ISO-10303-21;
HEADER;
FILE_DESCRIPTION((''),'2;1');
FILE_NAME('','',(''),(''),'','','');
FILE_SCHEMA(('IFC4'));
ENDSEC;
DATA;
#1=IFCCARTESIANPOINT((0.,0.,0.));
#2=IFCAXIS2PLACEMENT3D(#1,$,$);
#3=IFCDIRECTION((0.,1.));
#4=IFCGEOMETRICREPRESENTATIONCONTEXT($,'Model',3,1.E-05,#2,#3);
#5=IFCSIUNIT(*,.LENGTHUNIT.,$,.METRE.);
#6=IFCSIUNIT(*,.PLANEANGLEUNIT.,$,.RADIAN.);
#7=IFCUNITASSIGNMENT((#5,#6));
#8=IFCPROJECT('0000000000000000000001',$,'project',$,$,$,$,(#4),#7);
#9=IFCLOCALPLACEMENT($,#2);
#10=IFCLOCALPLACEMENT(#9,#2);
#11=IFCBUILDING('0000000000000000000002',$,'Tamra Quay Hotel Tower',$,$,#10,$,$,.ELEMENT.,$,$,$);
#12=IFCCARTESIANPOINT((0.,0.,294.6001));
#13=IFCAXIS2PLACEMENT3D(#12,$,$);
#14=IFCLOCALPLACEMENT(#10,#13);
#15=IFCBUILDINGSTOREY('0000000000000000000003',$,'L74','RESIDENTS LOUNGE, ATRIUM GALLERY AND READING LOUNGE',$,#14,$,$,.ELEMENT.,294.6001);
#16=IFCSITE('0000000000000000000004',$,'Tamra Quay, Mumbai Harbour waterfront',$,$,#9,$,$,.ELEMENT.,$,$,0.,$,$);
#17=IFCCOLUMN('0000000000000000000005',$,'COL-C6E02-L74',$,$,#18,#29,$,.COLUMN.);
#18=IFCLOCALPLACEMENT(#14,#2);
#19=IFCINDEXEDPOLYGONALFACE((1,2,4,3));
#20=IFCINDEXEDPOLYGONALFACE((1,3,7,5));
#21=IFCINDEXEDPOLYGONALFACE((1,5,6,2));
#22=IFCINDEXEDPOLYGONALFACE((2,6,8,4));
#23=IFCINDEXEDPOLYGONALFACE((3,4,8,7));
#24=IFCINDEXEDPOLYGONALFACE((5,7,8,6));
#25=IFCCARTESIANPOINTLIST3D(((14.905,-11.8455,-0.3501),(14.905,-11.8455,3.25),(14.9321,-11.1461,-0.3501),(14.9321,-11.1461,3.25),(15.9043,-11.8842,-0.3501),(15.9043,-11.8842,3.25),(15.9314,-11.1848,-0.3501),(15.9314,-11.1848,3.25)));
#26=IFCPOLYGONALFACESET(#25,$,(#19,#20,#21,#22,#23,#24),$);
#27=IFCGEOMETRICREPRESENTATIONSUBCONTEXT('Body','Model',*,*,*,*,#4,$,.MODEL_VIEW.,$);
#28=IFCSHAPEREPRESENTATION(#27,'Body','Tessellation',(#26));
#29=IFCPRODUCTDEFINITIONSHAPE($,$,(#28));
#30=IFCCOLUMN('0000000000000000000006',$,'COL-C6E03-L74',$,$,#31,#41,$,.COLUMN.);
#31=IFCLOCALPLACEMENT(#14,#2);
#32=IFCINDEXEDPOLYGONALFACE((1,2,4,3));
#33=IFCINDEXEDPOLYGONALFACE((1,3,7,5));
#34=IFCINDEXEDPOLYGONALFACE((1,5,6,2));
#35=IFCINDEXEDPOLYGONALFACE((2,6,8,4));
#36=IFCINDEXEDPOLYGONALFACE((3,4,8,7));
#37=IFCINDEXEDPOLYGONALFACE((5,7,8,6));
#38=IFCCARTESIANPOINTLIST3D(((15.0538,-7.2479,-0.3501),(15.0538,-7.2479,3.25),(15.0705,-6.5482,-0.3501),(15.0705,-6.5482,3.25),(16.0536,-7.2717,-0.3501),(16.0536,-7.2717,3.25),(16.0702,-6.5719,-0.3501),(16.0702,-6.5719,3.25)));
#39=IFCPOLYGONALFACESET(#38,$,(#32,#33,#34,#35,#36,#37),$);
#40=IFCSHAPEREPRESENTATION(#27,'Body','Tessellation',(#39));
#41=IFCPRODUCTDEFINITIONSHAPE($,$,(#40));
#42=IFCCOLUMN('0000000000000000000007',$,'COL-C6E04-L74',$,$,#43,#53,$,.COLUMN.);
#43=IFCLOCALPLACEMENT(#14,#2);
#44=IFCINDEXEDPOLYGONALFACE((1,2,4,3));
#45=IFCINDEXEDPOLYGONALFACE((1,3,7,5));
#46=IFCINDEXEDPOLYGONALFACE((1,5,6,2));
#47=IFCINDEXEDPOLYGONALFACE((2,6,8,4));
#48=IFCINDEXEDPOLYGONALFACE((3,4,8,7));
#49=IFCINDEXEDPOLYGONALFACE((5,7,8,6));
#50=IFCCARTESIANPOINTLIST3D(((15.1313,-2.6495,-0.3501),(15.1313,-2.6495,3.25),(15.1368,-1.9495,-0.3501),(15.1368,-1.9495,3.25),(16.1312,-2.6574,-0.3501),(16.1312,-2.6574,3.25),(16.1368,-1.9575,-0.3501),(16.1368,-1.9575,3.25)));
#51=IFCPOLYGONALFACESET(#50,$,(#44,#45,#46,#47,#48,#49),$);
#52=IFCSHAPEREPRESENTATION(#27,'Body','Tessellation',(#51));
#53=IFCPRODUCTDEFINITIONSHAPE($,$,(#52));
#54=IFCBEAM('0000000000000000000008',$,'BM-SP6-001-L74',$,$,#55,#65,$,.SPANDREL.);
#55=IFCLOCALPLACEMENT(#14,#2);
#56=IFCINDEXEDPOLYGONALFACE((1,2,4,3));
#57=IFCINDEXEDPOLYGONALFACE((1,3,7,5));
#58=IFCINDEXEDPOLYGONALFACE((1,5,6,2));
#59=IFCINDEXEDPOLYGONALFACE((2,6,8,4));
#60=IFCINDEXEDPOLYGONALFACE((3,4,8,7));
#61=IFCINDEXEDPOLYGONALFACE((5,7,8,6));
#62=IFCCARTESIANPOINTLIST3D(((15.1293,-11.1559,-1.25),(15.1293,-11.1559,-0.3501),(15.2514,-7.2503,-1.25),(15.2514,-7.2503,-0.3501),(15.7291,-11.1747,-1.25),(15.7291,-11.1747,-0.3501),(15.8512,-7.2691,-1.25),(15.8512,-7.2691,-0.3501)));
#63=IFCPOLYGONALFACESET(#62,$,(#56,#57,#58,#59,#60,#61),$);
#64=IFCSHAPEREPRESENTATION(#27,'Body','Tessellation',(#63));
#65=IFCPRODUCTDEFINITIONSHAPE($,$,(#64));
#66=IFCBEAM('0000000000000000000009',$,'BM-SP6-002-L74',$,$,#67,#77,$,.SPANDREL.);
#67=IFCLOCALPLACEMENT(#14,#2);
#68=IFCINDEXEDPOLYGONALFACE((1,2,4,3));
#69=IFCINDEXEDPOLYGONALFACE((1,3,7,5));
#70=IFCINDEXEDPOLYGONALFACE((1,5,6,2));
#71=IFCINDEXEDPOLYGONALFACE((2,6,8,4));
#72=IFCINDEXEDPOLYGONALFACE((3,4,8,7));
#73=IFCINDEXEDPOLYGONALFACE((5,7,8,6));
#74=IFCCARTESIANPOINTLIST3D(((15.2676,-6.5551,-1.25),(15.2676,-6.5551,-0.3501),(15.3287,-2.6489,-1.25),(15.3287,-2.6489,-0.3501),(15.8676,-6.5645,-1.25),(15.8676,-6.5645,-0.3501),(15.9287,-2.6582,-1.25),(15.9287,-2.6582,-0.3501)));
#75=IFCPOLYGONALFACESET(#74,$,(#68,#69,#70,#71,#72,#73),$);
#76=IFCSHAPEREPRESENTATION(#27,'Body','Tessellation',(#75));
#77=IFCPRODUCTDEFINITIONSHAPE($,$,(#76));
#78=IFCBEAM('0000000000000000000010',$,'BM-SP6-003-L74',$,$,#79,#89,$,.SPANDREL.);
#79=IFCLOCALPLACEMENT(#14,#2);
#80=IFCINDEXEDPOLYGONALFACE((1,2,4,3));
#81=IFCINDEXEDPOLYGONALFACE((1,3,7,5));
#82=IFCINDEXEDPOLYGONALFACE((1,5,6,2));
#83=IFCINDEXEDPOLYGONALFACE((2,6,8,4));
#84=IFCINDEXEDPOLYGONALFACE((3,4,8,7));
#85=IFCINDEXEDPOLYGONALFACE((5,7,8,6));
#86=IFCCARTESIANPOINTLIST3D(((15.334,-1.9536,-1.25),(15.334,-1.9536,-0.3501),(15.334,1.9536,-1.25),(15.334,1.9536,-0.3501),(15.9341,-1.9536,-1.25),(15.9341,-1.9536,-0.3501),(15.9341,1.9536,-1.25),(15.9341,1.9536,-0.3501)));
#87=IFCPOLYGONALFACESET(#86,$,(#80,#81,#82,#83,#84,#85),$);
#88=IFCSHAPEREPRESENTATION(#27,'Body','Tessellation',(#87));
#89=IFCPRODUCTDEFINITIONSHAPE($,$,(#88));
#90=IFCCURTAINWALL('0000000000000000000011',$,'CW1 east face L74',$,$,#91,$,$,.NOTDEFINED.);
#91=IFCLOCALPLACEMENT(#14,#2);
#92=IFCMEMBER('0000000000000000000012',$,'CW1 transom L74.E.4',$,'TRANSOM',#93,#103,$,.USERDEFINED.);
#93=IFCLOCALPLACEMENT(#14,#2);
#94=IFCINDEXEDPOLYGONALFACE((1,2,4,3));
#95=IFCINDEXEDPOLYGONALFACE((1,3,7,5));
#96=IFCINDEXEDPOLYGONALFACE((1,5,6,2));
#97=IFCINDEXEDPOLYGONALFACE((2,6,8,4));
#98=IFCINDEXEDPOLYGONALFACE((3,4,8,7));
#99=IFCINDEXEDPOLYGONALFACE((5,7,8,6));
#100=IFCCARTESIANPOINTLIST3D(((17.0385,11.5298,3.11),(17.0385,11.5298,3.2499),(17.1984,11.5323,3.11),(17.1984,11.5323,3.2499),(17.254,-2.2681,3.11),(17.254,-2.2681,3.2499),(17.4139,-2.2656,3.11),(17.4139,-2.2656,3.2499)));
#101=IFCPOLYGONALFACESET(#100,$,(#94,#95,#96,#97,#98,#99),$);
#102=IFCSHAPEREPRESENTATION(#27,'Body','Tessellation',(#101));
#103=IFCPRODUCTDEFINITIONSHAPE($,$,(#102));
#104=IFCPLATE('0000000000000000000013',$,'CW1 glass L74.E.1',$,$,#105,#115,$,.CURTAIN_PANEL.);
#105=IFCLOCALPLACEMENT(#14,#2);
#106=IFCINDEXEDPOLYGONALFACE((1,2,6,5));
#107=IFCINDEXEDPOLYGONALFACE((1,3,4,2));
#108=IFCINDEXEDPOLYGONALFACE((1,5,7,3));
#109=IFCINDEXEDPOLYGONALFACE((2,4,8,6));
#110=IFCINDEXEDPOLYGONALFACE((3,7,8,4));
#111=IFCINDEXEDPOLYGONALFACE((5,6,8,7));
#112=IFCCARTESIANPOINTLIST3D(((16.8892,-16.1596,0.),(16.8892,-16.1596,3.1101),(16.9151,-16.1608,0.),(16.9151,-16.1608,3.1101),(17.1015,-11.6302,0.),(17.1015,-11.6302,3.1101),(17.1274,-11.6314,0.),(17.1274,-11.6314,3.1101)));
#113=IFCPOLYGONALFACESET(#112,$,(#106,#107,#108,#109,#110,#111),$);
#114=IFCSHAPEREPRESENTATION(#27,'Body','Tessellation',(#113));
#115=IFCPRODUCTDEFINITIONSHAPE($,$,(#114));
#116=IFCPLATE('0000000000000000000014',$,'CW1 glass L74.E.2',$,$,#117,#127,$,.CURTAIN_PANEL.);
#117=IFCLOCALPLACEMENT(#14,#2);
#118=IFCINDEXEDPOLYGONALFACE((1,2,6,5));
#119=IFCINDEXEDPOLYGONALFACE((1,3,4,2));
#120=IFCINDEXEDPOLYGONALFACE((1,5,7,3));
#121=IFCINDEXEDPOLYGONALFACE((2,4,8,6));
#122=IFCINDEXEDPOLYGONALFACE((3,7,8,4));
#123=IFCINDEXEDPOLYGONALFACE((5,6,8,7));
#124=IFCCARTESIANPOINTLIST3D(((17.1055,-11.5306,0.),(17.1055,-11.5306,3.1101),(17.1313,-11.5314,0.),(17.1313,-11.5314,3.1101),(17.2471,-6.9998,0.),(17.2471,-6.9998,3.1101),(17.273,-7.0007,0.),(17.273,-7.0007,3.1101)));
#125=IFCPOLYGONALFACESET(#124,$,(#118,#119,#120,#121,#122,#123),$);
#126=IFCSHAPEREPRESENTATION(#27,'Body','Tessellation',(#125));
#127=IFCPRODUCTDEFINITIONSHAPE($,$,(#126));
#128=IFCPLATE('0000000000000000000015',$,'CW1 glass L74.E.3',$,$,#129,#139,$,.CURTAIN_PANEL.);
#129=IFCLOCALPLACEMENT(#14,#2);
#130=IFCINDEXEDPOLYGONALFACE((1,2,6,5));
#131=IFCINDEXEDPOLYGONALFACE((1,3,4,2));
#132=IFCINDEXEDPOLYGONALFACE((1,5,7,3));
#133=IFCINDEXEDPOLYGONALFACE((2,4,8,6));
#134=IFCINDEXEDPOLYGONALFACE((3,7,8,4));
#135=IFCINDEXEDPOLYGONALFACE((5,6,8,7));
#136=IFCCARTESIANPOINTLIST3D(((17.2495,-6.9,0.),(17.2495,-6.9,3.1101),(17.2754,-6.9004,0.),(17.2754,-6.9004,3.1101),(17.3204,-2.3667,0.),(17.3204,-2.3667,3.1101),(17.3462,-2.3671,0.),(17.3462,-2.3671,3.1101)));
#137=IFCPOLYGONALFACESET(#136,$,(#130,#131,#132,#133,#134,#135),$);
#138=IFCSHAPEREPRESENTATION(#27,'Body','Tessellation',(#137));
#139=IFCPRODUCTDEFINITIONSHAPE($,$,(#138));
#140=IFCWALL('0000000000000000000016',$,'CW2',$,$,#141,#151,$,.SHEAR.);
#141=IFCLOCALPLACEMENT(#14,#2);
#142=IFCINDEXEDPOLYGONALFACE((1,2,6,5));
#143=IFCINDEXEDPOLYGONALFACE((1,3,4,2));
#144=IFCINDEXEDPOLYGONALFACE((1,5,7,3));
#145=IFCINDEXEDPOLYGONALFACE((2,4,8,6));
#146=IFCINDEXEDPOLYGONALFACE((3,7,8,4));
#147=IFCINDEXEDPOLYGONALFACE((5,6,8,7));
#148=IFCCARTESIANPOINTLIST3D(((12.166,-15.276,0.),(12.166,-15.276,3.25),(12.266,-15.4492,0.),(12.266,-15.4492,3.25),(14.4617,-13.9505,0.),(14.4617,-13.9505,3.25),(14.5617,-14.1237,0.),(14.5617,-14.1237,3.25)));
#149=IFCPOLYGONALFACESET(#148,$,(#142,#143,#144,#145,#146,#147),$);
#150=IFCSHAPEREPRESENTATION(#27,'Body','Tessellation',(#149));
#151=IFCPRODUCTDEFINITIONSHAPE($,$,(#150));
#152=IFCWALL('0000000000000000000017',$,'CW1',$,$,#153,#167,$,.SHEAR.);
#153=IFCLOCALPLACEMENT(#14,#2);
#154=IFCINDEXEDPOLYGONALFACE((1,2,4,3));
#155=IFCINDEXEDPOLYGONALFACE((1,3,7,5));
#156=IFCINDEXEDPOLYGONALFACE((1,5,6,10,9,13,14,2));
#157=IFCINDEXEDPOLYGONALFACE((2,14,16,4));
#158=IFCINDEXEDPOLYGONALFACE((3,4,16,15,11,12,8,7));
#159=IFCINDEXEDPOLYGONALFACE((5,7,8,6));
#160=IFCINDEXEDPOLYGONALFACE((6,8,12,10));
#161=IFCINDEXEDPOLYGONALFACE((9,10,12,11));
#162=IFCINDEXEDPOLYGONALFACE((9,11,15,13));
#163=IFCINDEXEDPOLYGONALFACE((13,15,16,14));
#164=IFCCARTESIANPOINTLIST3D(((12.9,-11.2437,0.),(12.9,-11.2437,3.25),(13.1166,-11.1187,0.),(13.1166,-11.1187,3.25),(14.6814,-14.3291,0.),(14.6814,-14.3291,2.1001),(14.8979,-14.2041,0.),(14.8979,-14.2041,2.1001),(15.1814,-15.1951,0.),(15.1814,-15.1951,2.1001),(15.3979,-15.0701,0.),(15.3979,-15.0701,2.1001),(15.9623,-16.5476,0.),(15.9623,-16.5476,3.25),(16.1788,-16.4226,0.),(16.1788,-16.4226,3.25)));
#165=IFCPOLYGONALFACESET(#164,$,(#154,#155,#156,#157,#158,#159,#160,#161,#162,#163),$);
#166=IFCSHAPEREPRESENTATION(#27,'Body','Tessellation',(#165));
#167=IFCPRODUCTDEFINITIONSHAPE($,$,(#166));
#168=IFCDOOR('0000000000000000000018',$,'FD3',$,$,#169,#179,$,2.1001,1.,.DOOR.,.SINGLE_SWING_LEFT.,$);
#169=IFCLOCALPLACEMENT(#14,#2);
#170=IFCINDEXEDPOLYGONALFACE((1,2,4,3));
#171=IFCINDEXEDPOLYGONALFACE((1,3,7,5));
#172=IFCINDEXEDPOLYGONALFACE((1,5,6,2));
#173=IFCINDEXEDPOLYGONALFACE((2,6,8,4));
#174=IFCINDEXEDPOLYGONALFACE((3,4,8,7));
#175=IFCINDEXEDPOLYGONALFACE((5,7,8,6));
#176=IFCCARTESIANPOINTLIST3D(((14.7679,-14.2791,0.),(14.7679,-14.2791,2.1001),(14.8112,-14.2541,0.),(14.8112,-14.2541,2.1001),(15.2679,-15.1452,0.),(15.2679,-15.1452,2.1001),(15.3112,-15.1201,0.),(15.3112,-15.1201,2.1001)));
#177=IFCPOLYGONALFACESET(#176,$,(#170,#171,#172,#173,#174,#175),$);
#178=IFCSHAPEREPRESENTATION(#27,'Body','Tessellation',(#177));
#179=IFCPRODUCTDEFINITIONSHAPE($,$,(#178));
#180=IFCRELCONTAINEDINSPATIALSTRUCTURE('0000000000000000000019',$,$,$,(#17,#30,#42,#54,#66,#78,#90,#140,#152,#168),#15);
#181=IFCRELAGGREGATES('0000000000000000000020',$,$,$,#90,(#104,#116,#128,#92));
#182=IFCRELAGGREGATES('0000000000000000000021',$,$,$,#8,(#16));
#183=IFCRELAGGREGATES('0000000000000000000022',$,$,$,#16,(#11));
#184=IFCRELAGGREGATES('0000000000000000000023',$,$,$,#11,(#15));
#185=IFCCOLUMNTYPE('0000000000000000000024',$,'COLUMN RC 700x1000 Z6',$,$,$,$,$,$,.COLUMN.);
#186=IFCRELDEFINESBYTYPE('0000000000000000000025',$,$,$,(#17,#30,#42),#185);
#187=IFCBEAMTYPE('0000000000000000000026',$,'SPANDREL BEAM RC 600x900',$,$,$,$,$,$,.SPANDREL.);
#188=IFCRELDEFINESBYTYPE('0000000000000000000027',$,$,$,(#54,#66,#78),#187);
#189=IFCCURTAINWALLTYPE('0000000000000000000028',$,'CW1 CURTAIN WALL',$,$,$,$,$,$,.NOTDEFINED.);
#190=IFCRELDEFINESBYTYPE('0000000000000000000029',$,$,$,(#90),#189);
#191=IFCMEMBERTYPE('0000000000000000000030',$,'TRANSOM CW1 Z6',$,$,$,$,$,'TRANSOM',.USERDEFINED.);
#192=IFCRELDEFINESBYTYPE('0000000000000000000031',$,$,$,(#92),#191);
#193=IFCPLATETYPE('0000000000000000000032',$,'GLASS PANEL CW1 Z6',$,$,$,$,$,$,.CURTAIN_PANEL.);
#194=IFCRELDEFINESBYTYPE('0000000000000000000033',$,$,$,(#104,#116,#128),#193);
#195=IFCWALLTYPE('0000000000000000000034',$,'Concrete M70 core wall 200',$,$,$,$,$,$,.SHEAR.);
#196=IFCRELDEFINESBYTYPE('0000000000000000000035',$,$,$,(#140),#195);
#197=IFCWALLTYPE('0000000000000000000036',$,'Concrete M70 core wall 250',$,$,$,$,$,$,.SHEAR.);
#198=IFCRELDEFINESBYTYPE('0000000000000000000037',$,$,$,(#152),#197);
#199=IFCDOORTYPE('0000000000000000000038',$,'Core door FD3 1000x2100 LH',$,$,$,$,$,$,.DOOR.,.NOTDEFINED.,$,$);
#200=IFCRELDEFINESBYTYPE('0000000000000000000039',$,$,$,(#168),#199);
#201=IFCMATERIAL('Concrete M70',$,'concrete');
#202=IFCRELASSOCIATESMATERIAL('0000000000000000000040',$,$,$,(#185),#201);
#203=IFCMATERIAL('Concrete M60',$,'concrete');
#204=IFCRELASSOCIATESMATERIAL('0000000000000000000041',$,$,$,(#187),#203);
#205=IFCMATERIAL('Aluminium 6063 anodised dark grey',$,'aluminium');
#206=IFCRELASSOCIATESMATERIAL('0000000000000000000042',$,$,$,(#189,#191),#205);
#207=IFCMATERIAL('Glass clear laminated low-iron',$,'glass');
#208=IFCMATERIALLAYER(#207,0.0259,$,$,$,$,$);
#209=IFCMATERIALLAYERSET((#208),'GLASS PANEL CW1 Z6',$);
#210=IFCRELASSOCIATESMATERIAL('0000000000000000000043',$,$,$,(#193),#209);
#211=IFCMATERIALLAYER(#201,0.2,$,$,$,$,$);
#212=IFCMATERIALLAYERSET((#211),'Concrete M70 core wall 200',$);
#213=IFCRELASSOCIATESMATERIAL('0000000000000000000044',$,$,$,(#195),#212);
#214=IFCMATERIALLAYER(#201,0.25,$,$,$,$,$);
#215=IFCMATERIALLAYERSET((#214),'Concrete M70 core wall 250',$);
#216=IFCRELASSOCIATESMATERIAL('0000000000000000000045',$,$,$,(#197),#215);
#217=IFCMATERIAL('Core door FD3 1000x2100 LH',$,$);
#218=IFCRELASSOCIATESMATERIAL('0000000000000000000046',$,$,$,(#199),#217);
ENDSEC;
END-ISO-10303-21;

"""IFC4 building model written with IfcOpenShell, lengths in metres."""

from ifc_helpers import new_model, si_unit, direction, frame, frame_2d, origin, origin_2d, place, context, subcontext, project, spatial, rectangle, extrude, material, layer, layer_set, material_profile, profile_set, type_object, element, fill, aggregate, save


model = new_model("IFC4")

# Units and contexts
model_context = context("Model", 3, precision=1e-05, world=origin(), true_north=direction((0.0, 1.0)))
body_context = subcontext(model_context, "Body", "Model", "MODEL_VIEW")
ifc_project = project(units=[si_unit("LENGTHUNIT", "METRE"), si_unit("PLANEANGLEUNIT", "RADIAN")], contexts=[model_context])

# Site, building, storey
site_placement = place(None, origin())
site = spatial("IfcSite", under=ifc_project, at=site_placement, Name="Tamra Quay, Mumbai Harbour waterfront", CompositionType="ELEMENT", RefElevation=0.0)
building_placement = place(site_placement, origin())
building = spatial("IfcBuilding", under=site, at=building_placement, Name="Tamra Quay Hotel Tower", CompositionType="ELEMENT")
storey_placement = place(building_placement, frame((0.0, 0.0, 294.6001)))
storey = spatial("IfcBuildingStorey", under=building, at=storey_placement, Name="L74", Description="RESIDENTS LOUNGE, ATRIUM GALLERY AND READING LOUNGE", CompositionType="ELEMENT", Elevation=294.6001)

# Columns
ifc_material_1 = material(Name="Concrete M70", Category="concrete")
ifc_material_profile_1 = material_profile(ifc_material_1, rectangle(XDim=1.0, YDim=0.7, at=origin_2d()), Name="COLUMN RC 700x1000 Z6")
ifc_profile_set_1 = profile_set([ifc_material_profile_1], Name="Concrete M70")
column_type = type_object("IfcColumnType", Name="COLUMN RC 700x1000 Z6", PredefinedType="COLUMN", material=ifc_profile_set_1)
for number, where, z_axis, x_axis, name in (
    (1, (15.4182, -11.5151, -0.3501), (0.0, 0.0, 1.0), (-0.999251, 0.038691, 0.0), "COL-C6E02-L74"),
    (2, (15.562, -6.9099, -0.3501), (0.0, 0.0, 1.0), (-0.999718, 0.023753, 0.0), "COL-C6E03-L74"),
    (3, (15.634, -2.3035, -0.3501), (0.0, 0.0, 1.0), (-0.999969, 0.00792, 0.0), "COL-C6E04-L74"),
):
    element("IfcColumn", number, at=place(storey_placement, frame(where, z_axis=z_axis, x_axis=x_axis)), inside=storey, type_object=column_type, Name=name, PredefinedType="COLUMN", context=body_context, shape_type="SweptSolid", body=[
        extrude(rectangle(XDim=1.0, YDim=0.7, at=origin_2d()), origin(), (0.0, 0.0, 1.0), 3.6001),
    ])

# Beams
ifc_material_2 = material(Name="Concrete M60", Category="concrete")
ifc_material_profile_2 = material_profile(ifc_material_2, rectangle(XDim=0.6001, YDim=0.8999, at=origin_2d()), Name="SPANDREL BEAM RC 600x900")
ifc_profile_set_2 = profile_set([ifc_material_profile_2], Name="Concrete M60")
beam_type = type_object("IfcBeamType", Name="SPANDREL BEAM RC 600x900", PredefinedType="SPANDREL", material=ifc_profile_set_2)
beam_1_placement = place(storey_placement, frame((15.4292, -11.1653, -0.8), z_axis=(0.031241, 0.999512, 0.0), x_axis=(-0.999512, 0.031241, 0.0)))
element("IfcBeam", 4, at=beam_1_placement, inside=storey, type_object=beam_type, Name="BM-SP6-001-L74", PredefinedType="SPANDREL", context=body_context, shape_type="SweptSolid", body=[
    extrude(rectangle(XDim=0.6001, YDim=0.8999, at=origin_2d()), origin(), (0.0, 0.0, 1.0), 3.9075),
])
beam_2_placement = place(storey_placement, frame((15.5676, -6.5598, -0.8), z_axis=(0.015623, 0.999878, 0.0), x_axis=(-0.999878, 0.015623, 0.0)))
element("IfcBeam", 5, at=beam_2_placement, inside=storey, type_object=beam_type, Name="BM-SP6-002-L74", PredefinedType="SPANDREL", context=body_context, shape_type="SweptSolid", body=[
    extrude(rectangle(XDim=0.6001, YDim=0.8999, at=origin_2d()), origin(), (0.0, 0.0, 1.0), 3.9067),
])
beam_3_placement = place(storey_placement, frame((15.634, -1.9536, -0.8), z_axis=(0.0, 1.0, 0.0), x_axis=(-1.0, 0.0, 0.0)))
element("IfcBeam", 6, at=beam_3_placement, inside=storey, type_object=beam_type, Name="BM-SP6-003-L74", PredefinedType="SPANDREL", context=body_context, shape_type="SweptSolid", body=[
    extrude(rectangle(XDim=0.6001, YDim=0.8999, at=origin_2d()), origin(), (0.0, 0.0, 1.0), 3.9072),
])

# Curtain wall, member, plates
ifc_material_3 = material(Name="Aluminium 6063 anodised dark grey", Category="aluminium")
curtain_wall_type = type_object("IfcCurtainWallType", Name="CW1 CURTAIN WALL", PredefinedType="NOTDEFINED", material=ifc_material_3)
curtain_wall_placement = place(storey_placement, origin())
curtain_wall = element("IfcCurtainWall", 7, at=curtain_wall_placement, inside=storey, type_object=curtain_wall_type, Name="CW1 east face L74", PredefinedType="NOTDEFINED")
ifc_material_profile_3 = material_profile(ifc_material_3, rectangle(XDim=0.1599, YDim=0.1399, at=origin_2d()), Name="TRANSOM 160X140")
ifc_profile_set_3 = profile_set([ifc_material_profile_3], Name="Aluminium 6063 anodised dark grey")
member_type = type_object("IfcMemberType", Name="TRANSOM CW1 Z6", ElementType="TRANSOM", PredefinedType="USERDEFINED", material=ifc_profile_set_3)
member_placement = place(storey_placement, frame((17.334, -2.2668, 3.1799), z_axis=(-0.015622, 0.999878, 0.0), x_axis=(-0.999878, -0.015622, 0.0)))
member = element("IfcMember", 8, at=member_placement, type_object=member_type, Name="CW1 transom L74.E.4", ObjectType="TRANSOM", PredefinedType="USERDEFINED", context=body_context, shape_type="SweptSolid", body=[
    extrude(rectangle(XDim=0.1599, YDim=0.1399, at=origin_2d()), origin(), (0.0, 0.0, 1.0), 13.7996),
])
ifc_material_4 = material(Name="Glass clear laminated low-iron", Category="glass")
ifc_layer_1 = layer(ifc_material_4, 0.0259)
ifc_layer_set_1 = layer_set([ifc_layer_1], Name="GLASS PANEL CW1 Z6")
plate_type = type_object("IfcPlateType", Name="GLASS PANEL CW1 Z6", PredefinedType="CURTAIN_PANEL", material=ifc_layer_set_1)
plate_1_placement = place(storey_placement, frame((17.0083, -13.8955, 0.0), z_axis=(0.0, 0.0, 1.0), x_axis=(0.046821, 0.998903, 0.0)))
plate_1 = element("IfcPlate", 9, at=plate_1_placement, type_object=plate_type, Name="CW1 glass L74.E.1", PredefinedType="CURTAIN_PANEL", context=body_context, shape_type="SweptSolid", body=[
    extrude(rectangle(XDim=4.5344, YDim=0.0259, at=origin_2d()), origin(), (0.0, 0.0, 1.0), 3.1101),
])
plate_2_placement = place(storey_placement, frame((17.1892, -9.2656, 0.0), z_axis=(0.0, 0.0, 1.0), x_axis=(0.031242, 0.999512, 0.0)))
plate_2 = element("IfcPlate", 10, at=plate_2_placement, type_object=plate_type, Name="CW1 glass L74.E.2", PredefinedType="CURTAIN_PANEL", context=body_context, shape_type="SweptSolid", body=[
    extrude(rectangle(XDim=4.533, YDim=0.0259, at=origin_2d()), origin(), (0.0, 0.0, 1.0), 3.1101),
])
plate_3_placement = place(storey_placement, frame((17.2979, -4.6335, 0.0), z_axis=(0.0, 0.0, 1.0), x_axis=(0.015632, 0.999878, 0.0)))
plate_3 = element("IfcPlate", 11, at=plate_3_placement, type_object=plate_type, Name="CW1 glass L74.E.3", PredefinedType="CURTAIN_PANEL", context=body_context, shape_type="SweptSolid", body=[
    extrude(rectangle(XDim=4.5339, YDim=0.0259, at=origin_2d()), origin(), (0.0, 0.0, 1.0), 3.1101),
])
aggregate(curtain_wall, [plate_1, plate_2, plate_3, member])

# Wall
ifc_layer_2 = layer(ifc_material_1, 0.2)
ifc_layer_set_2 = layer_set([ifc_layer_2], Name="Concrete M70 core wall 200")
wall_type_1 = type_object("IfcWallType", Name="Concrete M70 core wall 200", PredefinedType="SHEAR", material=ifc_layer_set_2)
wall_1_placement = place(storey_placement, frame((14.5117, -14.0371, 0.0), z_axis=(0.0, 0.0, 1.0), x_axis=(-0.866018, -0.500012, 0.0)))
element("IfcWall", 12, at=wall_1_placement, inside=storey, type_object=wall_type_1, Name="CW2", PredefinedType="SHEAR", context=body_context, shape_type="SweptSolid", body=[
    extrude(rectangle(XDim=2.6509, YDim=0.2, at=frame_2d((1.3254, 0.0))), origin(), (0.0, 0.0, 1.0), 3.25),
])

# Wall, opening, door
ifc_layer_3 = layer(ifc_material_1, 0.25)
ifc_layer_set_3 = layer_set([ifc_layer_3], Name="Concrete M70 core wall 250")
wall_type_2 = type_object("IfcWallType", Name="Concrete M70 core wall 250", PredefinedType="SHEAR", material=ifc_layer_set_3)
wall_2_placement = place(storey_placement, frame((13.0083, -11.1812, 0.0), z_axis=(0.0, 0.0, 1.0), x_axis=(0.500002, -0.866024, 0.0)))
wall_2 = element("IfcWall", 13, at=wall_2_placement, inside=storey, type_object=wall_type_2, Name="CW1", PredefinedType="SHEAR", context=body_context, shape_type="SweptSolid", body=[
    extrude(rectangle(XDim=6.1245, YDim=0.25, at=frame_2d((3.0623, 0.0))), origin(), (0.0, 0.0, 1.0), 3.25),
])
opening_1_placement = place(wall_2_placement, frame((3.5627, 0.0, 0.0)))
opening_1 = element("IfcOpeningElement", 14, at=opening_1_placement, cuts=wall_2, PredefinedType="OPENING", context=body_context, shape_type="SweptSolid", body=[
    extrude(rectangle(XDim=1.0, YDim=2.1001, at=frame_2d((0.5, 1.05))), frame((0.0, 0.135, 0.0), z_axis=(0.0, -1.0, 0.0), x_axis=(1.0, 0.0, 0.0)), (0.0, 0.0, 1.0), 0.27),
])
ifc_material_5 = material(Name="Core door FD3 1000x2100 LH")
door_type_1 = type_object("IfcDoorType", Name="Core door FD3 1000x2100 LH", OperationType="NOTDEFINED", PredefinedType="DOOR", material=ifc_material_5)
door_1_placement = place(opening_1_placement, origin())
door_1 = element("IfcDoor", 15, at=door_1_placement, inside=storey, type_object=door_type_1, Name="FD3", OperationType="SINGLE_SWING_LEFT", OverallHeight=2.1001, OverallWidth=1.0, PredefinedType="DOOR", context=body_context, shape_type="SweptSolid", body=[
    extrude(rectangle(XDim=1.0, YDim=2.1001, at=frame_2d((0.5, 1.05))), frame((0.0, 0.0249, 0.0), z_axis=(0.0, -1.0, 0.0), x_axis=(1.0, 0.0, 0.0)), (0.0, 0.0, 1.0), 0.05),
])
fill(opening_1, door_1)

save(model, "model.ifc")
